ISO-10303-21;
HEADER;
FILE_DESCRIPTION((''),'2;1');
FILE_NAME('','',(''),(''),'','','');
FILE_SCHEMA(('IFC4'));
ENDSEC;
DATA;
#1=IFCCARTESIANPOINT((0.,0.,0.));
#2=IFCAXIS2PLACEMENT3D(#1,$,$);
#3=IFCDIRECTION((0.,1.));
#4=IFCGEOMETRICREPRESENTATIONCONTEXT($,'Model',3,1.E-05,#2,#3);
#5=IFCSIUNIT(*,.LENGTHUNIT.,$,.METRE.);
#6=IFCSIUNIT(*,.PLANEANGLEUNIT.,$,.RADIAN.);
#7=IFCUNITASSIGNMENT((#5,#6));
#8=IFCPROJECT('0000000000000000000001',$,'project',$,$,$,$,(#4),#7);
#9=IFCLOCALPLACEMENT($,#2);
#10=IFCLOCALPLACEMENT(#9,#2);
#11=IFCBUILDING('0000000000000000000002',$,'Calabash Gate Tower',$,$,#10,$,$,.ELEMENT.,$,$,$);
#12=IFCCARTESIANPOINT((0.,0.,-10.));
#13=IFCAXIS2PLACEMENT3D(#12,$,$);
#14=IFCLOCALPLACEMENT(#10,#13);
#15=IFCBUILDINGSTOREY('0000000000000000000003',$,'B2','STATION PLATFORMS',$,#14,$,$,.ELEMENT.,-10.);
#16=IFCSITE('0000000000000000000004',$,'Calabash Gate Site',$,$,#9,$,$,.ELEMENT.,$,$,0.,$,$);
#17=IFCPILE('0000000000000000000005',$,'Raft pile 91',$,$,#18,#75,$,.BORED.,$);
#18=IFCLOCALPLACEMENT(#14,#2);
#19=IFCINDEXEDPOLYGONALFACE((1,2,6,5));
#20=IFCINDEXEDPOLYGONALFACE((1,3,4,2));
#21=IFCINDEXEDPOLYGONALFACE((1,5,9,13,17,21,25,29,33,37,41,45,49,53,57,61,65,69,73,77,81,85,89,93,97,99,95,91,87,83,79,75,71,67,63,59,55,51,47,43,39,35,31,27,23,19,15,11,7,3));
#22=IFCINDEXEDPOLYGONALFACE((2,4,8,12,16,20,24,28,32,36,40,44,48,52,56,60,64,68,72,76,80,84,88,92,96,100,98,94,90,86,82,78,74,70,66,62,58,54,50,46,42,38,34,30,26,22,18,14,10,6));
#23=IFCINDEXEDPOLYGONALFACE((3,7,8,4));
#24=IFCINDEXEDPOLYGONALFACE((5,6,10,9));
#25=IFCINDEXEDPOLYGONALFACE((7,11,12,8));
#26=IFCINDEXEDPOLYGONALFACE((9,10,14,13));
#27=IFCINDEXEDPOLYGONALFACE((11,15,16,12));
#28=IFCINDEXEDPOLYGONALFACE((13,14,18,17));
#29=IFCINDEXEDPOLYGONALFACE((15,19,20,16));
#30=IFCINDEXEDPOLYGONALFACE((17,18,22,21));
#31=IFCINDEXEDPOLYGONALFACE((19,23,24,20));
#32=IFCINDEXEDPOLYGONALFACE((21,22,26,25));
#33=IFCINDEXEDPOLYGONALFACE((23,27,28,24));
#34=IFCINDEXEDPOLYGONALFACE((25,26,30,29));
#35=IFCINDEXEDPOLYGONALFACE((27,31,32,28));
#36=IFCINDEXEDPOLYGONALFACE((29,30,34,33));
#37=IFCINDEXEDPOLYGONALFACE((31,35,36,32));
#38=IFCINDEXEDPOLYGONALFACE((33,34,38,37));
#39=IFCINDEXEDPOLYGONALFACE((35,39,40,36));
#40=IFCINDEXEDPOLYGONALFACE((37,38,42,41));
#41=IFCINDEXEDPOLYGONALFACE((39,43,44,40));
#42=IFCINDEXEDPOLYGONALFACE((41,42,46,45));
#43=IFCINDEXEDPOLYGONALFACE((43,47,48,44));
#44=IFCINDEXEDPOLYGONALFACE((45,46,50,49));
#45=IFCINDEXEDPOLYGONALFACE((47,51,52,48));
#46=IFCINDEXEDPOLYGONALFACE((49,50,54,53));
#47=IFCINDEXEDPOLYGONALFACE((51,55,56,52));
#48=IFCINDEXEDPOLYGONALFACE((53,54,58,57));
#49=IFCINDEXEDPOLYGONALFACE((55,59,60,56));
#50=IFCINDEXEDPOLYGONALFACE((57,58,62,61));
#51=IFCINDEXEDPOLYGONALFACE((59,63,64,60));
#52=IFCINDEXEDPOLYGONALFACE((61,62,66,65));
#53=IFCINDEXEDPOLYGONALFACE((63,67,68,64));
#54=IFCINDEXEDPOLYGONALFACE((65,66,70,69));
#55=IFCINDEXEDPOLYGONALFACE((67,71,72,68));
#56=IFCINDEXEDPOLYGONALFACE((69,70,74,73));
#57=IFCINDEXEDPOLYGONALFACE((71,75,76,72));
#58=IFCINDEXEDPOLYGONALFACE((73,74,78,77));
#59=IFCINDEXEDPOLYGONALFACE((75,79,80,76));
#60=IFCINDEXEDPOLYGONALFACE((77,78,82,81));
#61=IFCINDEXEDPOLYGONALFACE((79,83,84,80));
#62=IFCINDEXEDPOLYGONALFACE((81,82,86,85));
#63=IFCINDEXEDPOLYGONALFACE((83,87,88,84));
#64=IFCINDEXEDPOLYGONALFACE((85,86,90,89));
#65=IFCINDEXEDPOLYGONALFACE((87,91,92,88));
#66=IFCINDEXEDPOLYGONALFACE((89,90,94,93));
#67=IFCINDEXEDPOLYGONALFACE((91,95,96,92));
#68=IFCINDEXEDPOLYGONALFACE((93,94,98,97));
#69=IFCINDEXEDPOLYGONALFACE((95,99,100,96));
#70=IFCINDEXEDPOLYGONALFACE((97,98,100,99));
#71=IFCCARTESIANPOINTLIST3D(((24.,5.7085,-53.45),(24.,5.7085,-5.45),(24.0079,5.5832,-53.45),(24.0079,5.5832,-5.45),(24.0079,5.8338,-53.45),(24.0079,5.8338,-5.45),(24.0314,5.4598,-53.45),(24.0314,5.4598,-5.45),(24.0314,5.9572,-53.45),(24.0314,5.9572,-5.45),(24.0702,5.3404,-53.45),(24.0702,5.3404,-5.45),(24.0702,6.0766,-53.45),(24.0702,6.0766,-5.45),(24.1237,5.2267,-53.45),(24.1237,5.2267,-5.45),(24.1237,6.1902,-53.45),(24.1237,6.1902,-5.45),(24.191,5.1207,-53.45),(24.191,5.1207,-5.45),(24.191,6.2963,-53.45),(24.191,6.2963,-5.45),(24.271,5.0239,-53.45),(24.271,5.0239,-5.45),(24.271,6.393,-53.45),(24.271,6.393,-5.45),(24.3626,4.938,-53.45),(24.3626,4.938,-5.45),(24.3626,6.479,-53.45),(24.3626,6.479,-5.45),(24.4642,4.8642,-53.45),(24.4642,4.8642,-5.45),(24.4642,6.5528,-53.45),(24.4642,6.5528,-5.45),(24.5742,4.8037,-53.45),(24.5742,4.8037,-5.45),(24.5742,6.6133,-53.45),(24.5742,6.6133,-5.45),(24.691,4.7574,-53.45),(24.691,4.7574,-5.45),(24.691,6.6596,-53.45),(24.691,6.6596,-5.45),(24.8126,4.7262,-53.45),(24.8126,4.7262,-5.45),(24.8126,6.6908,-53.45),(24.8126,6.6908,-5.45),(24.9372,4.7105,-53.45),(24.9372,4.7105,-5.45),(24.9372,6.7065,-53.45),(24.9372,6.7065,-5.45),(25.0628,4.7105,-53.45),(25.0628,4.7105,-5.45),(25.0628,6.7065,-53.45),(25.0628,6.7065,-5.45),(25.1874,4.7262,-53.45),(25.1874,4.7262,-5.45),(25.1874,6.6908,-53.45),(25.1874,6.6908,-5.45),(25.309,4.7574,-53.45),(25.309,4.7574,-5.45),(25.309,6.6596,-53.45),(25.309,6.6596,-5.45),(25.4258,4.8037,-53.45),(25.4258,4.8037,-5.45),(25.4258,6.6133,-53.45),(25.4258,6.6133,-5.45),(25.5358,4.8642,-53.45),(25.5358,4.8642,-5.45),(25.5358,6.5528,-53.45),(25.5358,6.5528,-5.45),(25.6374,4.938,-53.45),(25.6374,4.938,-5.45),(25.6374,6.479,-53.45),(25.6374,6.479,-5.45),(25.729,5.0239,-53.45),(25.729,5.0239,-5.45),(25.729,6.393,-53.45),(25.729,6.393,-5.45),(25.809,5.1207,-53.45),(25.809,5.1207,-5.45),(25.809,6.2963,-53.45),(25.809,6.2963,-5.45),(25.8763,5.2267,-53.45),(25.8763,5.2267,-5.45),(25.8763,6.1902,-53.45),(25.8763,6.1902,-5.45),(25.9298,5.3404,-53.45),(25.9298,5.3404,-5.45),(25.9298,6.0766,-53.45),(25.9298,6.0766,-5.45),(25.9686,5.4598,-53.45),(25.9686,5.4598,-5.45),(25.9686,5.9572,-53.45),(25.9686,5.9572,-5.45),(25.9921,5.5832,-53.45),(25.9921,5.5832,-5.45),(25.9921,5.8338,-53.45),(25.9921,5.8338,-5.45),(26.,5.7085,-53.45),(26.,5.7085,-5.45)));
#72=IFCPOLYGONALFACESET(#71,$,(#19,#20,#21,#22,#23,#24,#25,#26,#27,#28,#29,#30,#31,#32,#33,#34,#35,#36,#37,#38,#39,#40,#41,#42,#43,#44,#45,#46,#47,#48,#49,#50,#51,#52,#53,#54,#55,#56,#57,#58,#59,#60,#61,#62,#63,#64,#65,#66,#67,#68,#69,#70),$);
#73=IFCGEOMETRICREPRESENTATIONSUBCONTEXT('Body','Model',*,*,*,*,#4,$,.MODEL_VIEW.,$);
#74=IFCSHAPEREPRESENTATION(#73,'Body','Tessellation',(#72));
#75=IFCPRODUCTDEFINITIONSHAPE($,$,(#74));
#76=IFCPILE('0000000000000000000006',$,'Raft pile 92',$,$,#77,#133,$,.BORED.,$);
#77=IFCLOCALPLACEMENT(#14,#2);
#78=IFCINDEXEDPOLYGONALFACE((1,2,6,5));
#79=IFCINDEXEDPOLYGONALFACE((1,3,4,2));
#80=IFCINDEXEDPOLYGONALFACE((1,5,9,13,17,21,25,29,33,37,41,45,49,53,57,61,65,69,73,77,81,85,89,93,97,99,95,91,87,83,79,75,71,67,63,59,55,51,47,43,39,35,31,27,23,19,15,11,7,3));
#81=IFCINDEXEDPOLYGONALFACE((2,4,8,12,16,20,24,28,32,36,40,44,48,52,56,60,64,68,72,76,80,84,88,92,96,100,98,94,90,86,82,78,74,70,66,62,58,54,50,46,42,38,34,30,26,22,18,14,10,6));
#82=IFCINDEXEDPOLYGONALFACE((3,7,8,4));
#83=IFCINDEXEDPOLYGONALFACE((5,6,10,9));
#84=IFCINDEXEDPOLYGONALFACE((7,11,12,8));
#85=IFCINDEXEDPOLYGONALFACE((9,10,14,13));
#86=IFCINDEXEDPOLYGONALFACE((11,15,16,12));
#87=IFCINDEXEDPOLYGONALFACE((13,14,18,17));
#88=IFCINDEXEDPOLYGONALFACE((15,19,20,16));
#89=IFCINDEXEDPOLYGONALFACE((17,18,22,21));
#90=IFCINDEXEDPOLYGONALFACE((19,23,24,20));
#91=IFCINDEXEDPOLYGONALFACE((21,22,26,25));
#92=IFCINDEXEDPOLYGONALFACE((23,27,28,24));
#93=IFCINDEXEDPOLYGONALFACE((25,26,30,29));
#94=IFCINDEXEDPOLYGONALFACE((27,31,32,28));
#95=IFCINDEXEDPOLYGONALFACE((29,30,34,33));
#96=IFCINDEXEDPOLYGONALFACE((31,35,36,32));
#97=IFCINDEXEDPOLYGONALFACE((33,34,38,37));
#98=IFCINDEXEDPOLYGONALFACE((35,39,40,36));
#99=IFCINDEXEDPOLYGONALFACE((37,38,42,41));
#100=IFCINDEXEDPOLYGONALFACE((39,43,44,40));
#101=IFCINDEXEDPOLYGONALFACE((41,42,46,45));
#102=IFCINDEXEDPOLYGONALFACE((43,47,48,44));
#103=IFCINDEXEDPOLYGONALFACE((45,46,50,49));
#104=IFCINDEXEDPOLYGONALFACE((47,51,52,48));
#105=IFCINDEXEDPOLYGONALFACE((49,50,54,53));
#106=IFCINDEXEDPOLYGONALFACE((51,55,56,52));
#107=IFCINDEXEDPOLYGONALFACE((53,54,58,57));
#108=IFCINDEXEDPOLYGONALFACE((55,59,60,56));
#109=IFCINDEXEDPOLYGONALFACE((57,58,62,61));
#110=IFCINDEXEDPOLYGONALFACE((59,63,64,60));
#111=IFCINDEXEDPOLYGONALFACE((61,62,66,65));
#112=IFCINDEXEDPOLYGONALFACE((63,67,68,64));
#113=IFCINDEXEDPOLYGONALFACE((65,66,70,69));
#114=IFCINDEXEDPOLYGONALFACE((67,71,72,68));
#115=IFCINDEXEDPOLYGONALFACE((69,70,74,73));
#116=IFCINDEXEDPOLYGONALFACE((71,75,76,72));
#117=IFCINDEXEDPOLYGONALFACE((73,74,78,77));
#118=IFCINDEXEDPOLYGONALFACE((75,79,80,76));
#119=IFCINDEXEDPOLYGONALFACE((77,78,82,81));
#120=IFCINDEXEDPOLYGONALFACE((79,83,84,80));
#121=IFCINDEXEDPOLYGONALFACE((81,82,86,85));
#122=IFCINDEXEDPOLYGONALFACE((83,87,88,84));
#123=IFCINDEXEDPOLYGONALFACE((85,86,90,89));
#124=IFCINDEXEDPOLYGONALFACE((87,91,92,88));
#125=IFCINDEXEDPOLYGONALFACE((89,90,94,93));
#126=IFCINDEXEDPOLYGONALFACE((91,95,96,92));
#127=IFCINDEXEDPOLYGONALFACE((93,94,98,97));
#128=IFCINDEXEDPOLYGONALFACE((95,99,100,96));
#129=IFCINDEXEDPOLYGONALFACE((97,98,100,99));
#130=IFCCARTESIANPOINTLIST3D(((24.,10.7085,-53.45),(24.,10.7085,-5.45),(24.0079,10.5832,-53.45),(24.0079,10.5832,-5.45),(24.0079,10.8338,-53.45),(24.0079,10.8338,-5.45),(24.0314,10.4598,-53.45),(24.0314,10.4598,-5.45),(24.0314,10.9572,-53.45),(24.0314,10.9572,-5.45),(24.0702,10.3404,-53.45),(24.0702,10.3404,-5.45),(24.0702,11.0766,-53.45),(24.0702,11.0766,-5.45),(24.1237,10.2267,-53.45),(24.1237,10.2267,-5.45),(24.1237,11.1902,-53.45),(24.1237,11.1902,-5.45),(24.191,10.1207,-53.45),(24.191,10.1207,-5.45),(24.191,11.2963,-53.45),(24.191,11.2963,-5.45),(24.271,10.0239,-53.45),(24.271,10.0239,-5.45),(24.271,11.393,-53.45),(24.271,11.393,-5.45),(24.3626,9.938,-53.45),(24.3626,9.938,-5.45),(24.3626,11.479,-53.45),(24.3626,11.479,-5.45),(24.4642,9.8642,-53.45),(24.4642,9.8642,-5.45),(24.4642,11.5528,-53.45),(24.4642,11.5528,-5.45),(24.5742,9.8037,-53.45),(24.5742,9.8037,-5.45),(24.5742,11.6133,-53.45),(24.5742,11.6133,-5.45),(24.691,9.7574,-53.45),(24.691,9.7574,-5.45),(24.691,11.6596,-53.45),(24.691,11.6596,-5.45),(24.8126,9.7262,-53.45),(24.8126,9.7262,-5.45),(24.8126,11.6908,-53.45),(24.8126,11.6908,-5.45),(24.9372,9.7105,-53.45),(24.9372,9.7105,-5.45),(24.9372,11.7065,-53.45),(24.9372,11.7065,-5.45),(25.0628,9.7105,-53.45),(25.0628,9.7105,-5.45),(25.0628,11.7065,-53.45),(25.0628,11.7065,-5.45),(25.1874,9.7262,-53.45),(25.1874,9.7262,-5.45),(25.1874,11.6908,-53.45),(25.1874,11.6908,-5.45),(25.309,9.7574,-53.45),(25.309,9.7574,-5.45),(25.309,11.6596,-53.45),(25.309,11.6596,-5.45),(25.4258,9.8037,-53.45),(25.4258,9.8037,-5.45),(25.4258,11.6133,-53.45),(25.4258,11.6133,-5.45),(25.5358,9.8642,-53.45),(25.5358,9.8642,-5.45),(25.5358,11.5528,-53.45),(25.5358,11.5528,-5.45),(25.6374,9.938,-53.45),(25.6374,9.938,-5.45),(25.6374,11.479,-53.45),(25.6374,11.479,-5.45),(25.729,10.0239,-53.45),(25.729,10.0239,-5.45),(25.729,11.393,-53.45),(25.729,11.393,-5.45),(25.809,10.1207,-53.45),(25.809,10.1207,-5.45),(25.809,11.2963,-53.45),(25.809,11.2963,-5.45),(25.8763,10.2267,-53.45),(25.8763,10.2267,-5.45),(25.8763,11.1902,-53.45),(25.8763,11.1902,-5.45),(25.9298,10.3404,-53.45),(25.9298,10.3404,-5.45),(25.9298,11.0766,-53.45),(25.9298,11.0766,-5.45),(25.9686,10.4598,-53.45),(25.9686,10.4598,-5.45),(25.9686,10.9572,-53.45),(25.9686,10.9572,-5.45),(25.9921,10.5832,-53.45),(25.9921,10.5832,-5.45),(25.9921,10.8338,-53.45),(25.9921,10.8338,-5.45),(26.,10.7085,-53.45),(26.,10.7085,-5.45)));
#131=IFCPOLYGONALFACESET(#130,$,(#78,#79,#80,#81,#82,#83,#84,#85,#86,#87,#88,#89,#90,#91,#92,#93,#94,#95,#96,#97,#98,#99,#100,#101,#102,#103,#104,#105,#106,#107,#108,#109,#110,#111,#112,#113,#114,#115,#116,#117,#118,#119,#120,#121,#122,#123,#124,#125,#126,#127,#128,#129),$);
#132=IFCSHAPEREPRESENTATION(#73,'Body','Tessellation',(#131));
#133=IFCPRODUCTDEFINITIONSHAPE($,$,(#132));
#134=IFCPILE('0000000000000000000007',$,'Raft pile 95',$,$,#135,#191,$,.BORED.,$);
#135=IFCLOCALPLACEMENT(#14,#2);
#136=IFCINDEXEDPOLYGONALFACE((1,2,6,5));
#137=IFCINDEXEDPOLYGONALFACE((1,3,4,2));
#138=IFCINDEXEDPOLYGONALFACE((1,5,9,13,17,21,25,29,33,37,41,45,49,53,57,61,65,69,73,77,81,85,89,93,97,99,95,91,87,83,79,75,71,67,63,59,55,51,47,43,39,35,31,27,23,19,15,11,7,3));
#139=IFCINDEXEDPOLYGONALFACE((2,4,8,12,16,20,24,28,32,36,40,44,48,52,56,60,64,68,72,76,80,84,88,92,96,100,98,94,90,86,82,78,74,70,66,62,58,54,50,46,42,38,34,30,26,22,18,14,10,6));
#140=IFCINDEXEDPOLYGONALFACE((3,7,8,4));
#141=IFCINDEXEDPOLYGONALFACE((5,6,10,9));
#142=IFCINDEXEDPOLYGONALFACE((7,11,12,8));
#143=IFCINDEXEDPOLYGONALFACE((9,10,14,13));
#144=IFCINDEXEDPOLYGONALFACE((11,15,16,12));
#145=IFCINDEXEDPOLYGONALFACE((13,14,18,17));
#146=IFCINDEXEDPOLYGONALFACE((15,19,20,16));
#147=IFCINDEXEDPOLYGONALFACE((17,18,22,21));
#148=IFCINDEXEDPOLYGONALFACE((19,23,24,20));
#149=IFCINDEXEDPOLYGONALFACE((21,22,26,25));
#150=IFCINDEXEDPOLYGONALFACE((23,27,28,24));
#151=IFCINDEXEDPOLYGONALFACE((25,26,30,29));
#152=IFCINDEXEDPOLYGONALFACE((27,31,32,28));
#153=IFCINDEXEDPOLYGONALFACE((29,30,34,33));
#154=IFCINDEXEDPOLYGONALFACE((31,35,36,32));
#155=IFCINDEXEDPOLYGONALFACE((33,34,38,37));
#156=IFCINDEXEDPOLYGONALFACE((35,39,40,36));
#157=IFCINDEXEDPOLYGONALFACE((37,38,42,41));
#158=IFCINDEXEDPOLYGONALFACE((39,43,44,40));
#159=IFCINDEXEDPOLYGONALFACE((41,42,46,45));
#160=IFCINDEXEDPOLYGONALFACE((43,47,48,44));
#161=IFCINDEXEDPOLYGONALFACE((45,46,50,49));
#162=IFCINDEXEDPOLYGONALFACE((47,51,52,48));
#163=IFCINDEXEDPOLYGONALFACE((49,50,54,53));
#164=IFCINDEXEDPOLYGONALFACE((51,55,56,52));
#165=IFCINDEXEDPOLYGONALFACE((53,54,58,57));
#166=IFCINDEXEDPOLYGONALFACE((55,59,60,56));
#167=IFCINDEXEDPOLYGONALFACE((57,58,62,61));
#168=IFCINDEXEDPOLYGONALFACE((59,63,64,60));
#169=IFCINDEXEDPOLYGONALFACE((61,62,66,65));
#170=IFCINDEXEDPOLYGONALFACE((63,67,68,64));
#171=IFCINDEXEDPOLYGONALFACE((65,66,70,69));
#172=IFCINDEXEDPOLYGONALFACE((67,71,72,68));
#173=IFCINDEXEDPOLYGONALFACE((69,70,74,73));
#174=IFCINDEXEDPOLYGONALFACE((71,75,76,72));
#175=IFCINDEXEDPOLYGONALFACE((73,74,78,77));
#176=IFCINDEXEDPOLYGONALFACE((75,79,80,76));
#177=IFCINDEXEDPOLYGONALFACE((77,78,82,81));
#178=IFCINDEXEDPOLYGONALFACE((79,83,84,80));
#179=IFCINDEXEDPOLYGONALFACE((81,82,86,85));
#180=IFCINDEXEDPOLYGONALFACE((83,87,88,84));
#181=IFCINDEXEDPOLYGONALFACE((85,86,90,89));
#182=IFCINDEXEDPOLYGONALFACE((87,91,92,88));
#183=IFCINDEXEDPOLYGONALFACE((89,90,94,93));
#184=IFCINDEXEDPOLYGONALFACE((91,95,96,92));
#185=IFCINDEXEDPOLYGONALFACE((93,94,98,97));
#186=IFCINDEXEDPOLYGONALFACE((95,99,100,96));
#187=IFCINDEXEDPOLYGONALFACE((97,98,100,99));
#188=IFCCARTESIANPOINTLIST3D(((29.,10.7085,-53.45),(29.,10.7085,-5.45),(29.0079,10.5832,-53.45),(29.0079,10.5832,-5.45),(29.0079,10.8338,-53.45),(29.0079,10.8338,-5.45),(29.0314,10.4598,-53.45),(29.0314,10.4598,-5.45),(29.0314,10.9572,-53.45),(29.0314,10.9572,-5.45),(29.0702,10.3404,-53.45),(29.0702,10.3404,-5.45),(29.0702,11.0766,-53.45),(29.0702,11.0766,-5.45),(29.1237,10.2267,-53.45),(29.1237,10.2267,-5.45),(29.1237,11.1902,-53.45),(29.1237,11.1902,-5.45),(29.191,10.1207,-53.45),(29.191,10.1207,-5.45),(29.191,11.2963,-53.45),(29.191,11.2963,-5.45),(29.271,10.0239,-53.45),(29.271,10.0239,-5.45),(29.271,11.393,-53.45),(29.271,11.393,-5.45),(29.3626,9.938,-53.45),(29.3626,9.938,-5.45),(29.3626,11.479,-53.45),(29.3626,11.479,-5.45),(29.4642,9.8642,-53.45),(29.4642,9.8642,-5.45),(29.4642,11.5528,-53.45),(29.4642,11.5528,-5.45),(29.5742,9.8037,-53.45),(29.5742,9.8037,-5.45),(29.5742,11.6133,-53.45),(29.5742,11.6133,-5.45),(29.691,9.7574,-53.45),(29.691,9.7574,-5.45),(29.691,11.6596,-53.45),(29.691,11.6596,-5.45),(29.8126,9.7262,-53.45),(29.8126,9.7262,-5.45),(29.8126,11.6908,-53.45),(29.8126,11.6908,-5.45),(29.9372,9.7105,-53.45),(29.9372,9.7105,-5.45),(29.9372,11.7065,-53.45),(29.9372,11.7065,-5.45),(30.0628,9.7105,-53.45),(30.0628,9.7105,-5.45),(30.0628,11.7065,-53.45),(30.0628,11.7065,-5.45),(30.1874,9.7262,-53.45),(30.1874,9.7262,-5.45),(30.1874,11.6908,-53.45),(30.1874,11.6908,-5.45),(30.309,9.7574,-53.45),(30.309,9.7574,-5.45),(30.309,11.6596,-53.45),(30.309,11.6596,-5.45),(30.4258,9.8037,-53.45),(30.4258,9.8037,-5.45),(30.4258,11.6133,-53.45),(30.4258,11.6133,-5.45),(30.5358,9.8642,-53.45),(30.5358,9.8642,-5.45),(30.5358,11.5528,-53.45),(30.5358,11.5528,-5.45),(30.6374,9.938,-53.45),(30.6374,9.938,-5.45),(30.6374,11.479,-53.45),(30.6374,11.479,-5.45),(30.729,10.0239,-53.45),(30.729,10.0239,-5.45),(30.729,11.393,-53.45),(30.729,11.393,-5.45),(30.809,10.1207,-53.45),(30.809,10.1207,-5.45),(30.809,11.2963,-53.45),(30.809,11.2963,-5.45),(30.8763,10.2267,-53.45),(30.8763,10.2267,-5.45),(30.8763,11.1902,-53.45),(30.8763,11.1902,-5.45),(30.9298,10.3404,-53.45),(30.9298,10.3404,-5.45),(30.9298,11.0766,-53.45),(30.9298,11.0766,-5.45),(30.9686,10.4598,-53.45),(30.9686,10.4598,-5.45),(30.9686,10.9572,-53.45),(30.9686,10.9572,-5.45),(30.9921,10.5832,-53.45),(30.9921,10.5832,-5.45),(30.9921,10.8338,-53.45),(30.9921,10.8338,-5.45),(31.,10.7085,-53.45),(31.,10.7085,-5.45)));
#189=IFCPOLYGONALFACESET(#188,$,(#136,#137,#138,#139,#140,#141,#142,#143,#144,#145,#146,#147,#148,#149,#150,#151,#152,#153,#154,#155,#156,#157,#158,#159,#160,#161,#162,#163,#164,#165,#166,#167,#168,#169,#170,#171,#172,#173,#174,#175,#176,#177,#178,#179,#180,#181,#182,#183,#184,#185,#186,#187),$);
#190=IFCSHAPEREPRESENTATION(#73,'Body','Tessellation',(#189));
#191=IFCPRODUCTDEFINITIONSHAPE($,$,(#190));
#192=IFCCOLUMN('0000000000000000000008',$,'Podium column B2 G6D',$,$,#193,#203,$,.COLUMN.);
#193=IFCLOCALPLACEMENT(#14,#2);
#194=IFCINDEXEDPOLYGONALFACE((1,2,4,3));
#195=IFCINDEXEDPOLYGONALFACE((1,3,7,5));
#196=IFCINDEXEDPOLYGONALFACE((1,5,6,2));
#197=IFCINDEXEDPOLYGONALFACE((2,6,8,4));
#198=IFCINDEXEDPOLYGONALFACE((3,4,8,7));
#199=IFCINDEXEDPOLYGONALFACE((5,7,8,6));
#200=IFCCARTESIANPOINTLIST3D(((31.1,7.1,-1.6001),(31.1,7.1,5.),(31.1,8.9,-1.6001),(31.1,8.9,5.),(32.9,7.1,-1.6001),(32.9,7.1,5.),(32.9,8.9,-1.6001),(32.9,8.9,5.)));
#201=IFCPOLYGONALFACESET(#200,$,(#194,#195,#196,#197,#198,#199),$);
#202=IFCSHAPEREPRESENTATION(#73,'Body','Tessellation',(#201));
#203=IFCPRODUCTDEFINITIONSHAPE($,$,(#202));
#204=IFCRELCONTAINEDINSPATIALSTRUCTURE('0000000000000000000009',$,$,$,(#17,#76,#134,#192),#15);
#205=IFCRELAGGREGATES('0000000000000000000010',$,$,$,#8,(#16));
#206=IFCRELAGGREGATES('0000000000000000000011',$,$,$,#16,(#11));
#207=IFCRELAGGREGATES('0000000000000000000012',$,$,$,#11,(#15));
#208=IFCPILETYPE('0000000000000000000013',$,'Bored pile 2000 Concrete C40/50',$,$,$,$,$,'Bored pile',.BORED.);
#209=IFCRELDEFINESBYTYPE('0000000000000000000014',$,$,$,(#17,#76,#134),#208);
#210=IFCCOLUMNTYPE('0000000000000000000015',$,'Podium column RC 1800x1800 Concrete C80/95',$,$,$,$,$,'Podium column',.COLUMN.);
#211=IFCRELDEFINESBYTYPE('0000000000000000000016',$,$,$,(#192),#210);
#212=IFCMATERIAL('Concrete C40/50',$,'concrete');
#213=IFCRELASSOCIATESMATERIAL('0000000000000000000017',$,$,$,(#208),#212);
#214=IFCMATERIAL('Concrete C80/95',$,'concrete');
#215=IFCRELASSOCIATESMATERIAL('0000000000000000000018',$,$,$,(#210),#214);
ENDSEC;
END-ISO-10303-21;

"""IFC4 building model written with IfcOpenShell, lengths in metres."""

from ifc_helpers import new_model, si_unit, direction, frame, origin, origin_2d, place, context, subcontext, project, spatial, rectangle, circle, extrude, material, material_profile, profile_set, type_object, element, save


model = new_model("IFC4")

# Units and contexts
model_context = context("Model", 3, precision=1e-05, world=origin(), true_north=direction((0.0, 1.0)))
body_context = subcontext(model_context, "Body", "Model", "MODEL_VIEW")
ifc_project = project(units=[si_unit("LENGTHUNIT", "METRE"), si_unit("PLANEANGLEUNIT", "RADIAN")], contexts=[model_context])

# Site, building, storey
site_placement = place(None, origin())
site = spatial("IfcSite", under=ifc_project, at=site_placement, Name="Calabash Gate Site", CompositionType="ELEMENT", RefElevation=0.0)
building_placement = place(site_placement, origin())
building = spatial("IfcBuilding", under=site, at=building_placement, Name="Calabash Gate Tower", CompositionType="ELEMENT")
storey_placement = place(building_placement, frame((0.0, 0.0, -10.0)))
storey = spatial("IfcBuildingStorey", under=building, at=storey_placement, Name="B2", Description="STATION PLATFORMS", CompositionType="ELEMENT", Elevation=-10.0)

# Piles
ifc_material_1 = material(Name="Concrete C40/50", Category="concrete")
ifc_material_profile_1 = material_profile(ifc_material_1, circle(Radius=1.0, at=origin_2d()))
ifc_profile_set_1 = profile_set([ifc_material_profile_1], Name="Concrete C40/50")
pile_type = type_object("IfcPileType", Name="Bored pile 2000 Concrete C40/50", ElementType="Bored pile", PredefinedType="BORED", material=ifc_profile_set_1)
for number, where, z_axis, x_axis, name in (
    (1, (25.0, 5.7085, -5.45), (0.0, 0.0, -1.0), (1.0, 0.0, 0.0), "Raft pile 91"),
    (2, (25.0, 10.7085, -5.45), (0.0, 0.0, -1.0), (1.0, 0.0, 0.0), "Raft pile 92"),
    (3, (30.0, 10.7085, -5.45), (0.0, 0.0, -1.0), (1.0, 0.0, 0.0), "Raft pile 95"),
):
    element("IfcPile", number, at=place(storey_placement, frame(where, z_axis=z_axis, x_axis=x_axis)), inside=storey, type_object=pile_type, Name=name, PredefinedType="BORED", context=body_context, shape_type="SweptSolid", body=[
        extrude(circle(Radius=1.0, at=origin_2d()), origin(), (0.0, 0.0, 1.0), 48.0),
    ])

# Column
ifc_material_2 = material(Name="Concrete C80/95", Category="concrete")
ifc_material_profile_2 = material_profile(ifc_material_2, rectangle(XDim=1.8, YDim=1.8, at=origin_2d()))
ifc_profile_set_2 = profile_set([ifc_material_profile_2], Name="Concrete C80/95")
column_type = type_object("IfcColumnType", Name="Podium column RC 1800x1800 Concrete C80/95", ElementType="Podium column", PredefinedType="COLUMN", material=ifc_profile_set_2)
column_placement = place(storey_placement, frame((32.0, 8.0, -1.6001), z_axis=(0.0, 0.0, 1.0), x_axis=(1.0, 0.0, 0.0)))
element("IfcColumn", 4, at=column_placement, inside=storey, type_object=column_type, Name="Podium column B2 G6D", PredefinedType="COLUMN", context=body_context, shape_type="SweptSolid", body=[
    extrude(rectangle(XDim=1.8, YDim=1.8, at=origin_2d()), origin(), (0.0, 0.0, 1.0), 6.6001),
])

save(model, "model.ifc")
